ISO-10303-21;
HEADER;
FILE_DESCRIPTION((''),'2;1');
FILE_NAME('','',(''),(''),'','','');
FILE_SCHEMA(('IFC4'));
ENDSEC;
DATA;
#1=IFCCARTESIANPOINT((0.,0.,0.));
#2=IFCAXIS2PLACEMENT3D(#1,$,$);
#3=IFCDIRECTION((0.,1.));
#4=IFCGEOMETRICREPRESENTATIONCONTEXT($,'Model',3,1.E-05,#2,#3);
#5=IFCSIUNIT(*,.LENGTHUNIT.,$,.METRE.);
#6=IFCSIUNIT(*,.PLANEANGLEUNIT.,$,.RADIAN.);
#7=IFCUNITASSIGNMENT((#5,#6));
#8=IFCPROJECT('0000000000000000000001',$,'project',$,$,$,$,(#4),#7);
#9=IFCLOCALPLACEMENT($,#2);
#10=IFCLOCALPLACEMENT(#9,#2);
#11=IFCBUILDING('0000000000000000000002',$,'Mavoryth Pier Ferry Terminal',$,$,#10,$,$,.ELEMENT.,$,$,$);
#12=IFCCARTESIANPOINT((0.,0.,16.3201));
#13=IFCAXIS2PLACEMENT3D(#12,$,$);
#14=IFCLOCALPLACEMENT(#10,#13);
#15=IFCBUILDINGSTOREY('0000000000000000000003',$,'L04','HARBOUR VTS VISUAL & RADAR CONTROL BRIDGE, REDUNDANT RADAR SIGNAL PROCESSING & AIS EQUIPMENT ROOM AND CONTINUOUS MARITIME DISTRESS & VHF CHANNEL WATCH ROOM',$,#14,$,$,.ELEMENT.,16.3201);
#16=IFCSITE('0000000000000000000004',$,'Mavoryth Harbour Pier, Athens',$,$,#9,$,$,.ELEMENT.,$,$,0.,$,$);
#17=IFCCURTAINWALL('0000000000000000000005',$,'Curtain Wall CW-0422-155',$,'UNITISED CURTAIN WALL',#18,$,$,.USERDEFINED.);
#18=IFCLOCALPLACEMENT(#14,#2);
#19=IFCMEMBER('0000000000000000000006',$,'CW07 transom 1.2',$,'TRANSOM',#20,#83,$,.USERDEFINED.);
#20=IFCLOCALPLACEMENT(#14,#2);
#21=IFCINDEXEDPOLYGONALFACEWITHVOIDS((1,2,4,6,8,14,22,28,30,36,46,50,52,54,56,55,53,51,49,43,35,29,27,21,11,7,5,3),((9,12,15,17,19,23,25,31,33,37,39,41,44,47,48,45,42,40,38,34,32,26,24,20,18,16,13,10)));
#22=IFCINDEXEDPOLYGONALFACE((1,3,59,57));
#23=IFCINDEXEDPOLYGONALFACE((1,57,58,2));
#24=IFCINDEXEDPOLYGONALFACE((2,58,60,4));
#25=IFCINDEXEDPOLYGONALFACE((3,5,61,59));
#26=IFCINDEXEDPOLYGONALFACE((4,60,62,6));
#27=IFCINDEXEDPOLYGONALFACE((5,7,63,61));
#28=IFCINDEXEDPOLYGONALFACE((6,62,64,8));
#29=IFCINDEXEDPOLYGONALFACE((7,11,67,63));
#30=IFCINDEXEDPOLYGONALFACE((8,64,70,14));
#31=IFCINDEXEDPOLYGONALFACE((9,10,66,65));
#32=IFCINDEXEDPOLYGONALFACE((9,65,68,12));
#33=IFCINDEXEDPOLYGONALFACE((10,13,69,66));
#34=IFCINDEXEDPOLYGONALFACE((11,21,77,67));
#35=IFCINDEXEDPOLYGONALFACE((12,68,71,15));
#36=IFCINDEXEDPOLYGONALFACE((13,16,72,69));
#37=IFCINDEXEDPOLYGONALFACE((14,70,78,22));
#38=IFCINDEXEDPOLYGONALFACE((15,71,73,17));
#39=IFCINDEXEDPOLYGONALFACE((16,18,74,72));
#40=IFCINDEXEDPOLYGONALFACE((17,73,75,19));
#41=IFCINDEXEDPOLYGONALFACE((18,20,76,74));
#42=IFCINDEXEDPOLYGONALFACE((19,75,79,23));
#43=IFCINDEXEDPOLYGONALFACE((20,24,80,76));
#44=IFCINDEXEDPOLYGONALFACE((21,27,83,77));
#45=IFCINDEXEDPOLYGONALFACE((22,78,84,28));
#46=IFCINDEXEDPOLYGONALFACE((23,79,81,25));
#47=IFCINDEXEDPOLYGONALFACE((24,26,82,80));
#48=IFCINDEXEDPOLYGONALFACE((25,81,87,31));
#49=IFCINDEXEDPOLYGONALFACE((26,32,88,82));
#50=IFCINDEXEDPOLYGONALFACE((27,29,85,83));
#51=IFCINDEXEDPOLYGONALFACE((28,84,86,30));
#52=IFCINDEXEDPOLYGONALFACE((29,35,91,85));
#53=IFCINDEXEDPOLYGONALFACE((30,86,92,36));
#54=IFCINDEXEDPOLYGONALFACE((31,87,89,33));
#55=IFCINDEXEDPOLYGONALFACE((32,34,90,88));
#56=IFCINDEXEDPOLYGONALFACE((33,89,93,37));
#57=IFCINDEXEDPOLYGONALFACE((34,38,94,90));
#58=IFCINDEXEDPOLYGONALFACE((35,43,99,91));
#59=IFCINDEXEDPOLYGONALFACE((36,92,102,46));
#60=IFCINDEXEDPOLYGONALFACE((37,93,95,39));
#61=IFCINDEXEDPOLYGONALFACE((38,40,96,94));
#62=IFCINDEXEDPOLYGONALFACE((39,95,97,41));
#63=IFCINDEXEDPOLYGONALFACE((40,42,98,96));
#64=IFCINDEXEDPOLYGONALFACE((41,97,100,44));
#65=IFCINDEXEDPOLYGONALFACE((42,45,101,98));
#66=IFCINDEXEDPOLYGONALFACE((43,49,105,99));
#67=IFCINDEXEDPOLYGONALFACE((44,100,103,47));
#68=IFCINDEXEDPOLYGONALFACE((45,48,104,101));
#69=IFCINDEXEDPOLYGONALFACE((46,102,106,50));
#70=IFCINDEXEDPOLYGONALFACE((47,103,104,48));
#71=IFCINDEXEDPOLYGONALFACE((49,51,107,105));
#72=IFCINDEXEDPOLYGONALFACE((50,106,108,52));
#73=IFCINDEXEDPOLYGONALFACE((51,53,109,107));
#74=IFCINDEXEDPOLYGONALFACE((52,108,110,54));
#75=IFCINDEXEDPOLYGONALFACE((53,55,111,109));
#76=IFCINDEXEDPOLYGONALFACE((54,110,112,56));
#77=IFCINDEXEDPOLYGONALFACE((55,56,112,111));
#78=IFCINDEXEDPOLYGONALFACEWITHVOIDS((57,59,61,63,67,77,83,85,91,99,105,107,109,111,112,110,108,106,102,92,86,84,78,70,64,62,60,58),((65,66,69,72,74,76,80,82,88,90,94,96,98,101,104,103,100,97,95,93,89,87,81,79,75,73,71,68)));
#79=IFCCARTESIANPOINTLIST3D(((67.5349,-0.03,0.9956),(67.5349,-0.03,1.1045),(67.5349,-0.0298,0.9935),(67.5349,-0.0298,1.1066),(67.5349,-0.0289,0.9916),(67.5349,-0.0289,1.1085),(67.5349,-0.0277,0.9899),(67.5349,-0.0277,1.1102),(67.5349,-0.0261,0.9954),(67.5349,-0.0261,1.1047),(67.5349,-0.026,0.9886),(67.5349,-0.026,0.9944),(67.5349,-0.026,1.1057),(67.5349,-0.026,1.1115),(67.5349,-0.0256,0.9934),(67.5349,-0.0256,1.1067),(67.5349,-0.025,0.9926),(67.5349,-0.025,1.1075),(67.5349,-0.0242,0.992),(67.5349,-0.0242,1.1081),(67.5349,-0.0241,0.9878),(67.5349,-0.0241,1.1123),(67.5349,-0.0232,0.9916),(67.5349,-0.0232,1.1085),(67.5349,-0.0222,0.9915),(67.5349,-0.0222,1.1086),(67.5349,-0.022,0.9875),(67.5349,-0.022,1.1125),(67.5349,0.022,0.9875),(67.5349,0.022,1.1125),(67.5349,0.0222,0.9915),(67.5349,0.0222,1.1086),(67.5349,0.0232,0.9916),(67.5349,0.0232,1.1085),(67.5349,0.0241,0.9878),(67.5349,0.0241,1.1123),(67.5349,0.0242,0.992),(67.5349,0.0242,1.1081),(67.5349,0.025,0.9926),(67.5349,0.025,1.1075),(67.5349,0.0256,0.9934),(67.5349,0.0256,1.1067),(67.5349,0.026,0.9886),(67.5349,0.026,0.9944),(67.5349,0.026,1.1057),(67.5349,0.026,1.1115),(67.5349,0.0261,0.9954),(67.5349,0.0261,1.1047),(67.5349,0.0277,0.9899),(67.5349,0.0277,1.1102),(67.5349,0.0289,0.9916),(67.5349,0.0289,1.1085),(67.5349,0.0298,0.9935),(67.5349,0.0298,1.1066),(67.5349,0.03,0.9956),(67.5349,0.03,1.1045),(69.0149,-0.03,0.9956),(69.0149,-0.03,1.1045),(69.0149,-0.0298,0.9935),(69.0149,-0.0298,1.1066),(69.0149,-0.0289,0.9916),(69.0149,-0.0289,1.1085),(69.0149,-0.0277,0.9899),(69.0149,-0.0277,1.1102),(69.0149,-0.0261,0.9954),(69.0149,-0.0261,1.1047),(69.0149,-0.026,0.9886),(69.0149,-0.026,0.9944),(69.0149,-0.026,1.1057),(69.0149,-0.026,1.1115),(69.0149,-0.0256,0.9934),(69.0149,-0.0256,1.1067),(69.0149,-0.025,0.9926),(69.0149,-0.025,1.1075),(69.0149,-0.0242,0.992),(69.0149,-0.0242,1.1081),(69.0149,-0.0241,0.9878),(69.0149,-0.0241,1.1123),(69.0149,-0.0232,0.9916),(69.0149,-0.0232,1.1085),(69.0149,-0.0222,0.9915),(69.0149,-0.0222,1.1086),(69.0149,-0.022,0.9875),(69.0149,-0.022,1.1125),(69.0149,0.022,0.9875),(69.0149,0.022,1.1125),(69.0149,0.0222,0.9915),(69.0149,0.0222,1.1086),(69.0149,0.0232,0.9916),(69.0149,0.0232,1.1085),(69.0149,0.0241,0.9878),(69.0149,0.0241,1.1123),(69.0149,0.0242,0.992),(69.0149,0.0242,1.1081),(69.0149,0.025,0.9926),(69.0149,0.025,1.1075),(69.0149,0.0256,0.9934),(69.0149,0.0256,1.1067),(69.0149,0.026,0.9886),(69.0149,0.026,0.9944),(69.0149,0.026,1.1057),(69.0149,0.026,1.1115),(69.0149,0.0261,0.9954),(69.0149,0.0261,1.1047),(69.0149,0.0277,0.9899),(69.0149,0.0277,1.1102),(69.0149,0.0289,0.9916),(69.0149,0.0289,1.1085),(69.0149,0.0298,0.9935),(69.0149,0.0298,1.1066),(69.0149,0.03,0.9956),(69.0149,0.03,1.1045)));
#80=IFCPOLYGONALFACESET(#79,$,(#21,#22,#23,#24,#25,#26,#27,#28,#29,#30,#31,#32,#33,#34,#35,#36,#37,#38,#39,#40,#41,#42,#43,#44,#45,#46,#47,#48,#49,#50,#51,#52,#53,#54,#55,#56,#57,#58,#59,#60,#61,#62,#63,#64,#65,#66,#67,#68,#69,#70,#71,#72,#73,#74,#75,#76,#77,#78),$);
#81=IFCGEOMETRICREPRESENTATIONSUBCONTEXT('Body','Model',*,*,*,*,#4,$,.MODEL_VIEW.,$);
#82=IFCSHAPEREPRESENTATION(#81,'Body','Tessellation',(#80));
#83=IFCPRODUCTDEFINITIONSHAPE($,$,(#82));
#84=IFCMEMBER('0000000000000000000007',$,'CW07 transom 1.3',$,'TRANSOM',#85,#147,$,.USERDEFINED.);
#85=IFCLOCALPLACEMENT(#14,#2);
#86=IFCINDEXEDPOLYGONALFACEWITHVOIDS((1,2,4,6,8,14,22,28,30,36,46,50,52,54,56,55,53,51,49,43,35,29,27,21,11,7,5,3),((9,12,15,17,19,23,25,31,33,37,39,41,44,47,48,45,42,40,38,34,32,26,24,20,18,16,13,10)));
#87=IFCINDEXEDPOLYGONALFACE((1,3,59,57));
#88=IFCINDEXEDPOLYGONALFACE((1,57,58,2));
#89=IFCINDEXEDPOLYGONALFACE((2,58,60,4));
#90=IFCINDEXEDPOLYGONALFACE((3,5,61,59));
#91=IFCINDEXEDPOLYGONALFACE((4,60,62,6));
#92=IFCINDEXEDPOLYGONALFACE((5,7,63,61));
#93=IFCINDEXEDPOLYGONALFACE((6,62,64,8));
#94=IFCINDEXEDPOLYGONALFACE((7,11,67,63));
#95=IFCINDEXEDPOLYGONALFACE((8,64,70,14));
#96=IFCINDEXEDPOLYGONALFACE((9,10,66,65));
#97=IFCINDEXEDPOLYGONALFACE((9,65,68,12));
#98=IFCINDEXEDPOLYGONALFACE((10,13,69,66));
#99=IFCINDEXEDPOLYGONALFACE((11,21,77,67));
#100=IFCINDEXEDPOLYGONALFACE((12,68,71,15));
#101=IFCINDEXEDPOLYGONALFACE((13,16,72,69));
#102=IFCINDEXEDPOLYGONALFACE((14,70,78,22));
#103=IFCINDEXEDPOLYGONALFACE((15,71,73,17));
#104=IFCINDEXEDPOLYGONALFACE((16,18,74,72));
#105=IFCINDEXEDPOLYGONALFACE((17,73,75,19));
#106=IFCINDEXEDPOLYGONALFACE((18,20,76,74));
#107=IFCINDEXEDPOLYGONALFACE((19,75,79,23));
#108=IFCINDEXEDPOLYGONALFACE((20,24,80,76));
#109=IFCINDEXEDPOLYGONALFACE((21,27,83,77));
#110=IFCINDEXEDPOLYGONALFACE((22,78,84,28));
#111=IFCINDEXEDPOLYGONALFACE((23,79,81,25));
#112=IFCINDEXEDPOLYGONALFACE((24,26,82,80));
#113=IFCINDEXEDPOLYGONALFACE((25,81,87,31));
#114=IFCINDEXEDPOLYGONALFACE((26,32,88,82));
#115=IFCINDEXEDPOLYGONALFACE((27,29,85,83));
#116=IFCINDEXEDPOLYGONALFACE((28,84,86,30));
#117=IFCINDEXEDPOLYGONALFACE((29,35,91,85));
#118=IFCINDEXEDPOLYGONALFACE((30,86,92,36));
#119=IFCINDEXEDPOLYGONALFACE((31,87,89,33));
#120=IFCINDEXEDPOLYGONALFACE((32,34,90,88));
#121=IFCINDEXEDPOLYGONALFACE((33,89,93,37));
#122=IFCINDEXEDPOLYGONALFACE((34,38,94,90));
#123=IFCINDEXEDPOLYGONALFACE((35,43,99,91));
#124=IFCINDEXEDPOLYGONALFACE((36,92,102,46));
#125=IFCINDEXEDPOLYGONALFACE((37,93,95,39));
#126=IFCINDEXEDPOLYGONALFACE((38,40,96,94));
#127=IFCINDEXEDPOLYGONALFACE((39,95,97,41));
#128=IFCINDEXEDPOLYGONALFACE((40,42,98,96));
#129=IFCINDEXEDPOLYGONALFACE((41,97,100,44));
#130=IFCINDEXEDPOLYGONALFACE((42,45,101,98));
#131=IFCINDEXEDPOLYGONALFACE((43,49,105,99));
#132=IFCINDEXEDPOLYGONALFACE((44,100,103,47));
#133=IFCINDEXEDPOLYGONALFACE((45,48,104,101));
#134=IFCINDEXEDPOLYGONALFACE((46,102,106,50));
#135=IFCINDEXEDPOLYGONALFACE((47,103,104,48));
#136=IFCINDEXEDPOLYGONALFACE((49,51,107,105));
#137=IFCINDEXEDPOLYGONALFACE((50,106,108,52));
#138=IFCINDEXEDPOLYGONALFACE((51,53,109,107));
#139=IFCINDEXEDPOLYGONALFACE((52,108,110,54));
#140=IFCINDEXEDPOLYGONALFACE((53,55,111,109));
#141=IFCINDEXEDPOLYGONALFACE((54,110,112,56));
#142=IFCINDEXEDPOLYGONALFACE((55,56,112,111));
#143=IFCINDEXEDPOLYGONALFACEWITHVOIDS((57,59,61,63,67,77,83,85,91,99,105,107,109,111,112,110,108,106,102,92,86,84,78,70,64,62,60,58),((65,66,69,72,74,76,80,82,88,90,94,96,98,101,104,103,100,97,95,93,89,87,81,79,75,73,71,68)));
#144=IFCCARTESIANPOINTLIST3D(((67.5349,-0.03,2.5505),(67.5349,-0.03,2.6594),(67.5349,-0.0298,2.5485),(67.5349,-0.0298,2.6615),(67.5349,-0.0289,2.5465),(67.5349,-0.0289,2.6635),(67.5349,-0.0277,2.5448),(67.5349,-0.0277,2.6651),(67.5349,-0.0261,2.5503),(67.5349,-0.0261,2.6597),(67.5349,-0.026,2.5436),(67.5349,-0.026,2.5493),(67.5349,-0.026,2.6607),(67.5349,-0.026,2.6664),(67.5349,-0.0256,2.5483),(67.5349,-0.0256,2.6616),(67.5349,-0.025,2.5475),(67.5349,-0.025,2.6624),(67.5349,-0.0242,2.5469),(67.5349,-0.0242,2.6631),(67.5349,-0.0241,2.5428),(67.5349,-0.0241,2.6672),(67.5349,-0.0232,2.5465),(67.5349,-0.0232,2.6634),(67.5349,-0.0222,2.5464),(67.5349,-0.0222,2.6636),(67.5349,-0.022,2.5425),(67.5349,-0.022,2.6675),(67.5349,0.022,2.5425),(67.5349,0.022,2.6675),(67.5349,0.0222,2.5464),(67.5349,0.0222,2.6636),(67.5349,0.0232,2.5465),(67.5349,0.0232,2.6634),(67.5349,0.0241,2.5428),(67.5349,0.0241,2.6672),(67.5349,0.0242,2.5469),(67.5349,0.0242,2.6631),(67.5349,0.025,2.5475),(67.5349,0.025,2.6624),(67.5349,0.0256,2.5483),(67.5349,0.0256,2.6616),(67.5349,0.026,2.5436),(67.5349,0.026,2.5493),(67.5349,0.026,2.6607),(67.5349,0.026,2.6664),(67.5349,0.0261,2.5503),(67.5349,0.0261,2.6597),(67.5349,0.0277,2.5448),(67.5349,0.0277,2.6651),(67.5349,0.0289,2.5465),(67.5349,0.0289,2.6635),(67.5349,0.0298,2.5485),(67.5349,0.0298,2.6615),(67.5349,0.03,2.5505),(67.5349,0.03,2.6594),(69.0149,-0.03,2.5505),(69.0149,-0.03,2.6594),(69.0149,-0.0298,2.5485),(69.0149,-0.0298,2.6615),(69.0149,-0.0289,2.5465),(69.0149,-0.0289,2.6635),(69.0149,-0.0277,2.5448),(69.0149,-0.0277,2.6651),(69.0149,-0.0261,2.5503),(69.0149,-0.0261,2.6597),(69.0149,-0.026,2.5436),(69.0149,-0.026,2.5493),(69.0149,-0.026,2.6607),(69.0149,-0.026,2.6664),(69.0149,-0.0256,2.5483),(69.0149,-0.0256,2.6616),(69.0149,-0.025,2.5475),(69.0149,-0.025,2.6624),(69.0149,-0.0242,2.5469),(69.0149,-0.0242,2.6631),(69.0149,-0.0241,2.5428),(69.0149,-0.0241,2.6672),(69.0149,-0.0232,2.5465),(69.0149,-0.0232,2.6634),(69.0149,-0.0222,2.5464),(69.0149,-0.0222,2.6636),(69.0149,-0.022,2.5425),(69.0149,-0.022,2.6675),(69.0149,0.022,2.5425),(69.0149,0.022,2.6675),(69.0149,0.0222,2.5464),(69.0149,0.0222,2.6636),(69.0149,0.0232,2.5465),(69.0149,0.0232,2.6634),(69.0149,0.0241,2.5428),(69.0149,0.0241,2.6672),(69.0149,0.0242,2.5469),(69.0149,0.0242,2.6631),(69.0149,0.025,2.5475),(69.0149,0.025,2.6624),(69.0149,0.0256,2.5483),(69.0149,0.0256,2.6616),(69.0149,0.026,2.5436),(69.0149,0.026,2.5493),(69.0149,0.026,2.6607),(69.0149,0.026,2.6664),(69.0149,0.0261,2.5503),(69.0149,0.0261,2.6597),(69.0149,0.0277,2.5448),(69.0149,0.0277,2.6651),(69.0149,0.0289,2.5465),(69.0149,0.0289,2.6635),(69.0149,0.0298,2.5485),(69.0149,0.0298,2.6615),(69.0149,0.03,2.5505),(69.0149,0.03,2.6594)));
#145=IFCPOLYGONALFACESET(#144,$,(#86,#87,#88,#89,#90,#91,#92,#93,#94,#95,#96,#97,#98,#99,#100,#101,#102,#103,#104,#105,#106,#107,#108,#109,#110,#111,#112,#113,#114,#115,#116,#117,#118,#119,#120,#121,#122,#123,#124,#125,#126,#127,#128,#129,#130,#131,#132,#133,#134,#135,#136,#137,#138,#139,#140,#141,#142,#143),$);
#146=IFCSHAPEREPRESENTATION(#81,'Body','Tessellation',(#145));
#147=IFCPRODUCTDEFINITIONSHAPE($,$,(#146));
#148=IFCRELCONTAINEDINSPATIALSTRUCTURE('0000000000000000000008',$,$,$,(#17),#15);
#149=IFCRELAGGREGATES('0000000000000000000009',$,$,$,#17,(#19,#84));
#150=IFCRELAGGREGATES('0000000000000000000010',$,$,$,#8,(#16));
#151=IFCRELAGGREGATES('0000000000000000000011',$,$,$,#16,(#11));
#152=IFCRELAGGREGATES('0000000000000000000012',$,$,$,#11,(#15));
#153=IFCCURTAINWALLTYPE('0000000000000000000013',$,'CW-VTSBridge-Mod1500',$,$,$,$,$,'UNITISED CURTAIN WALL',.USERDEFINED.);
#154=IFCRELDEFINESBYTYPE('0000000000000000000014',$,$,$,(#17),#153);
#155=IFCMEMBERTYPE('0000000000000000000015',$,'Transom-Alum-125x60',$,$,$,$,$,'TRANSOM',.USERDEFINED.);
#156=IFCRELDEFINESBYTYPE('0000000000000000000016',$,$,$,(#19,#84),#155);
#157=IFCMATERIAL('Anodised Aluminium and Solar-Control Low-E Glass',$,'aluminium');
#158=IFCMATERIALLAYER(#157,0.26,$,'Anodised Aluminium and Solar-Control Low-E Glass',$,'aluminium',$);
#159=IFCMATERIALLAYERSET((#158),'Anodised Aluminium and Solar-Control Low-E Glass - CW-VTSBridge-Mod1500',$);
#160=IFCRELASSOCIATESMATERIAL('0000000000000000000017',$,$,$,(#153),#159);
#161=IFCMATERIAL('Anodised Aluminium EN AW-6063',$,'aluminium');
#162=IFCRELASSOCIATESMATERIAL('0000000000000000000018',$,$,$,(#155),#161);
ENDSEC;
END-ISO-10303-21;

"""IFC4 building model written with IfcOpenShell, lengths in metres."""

from ifc_helpers import new_model, si_unit, direction, frame, origin, origin_2d, place, context, subcontext, project, spatial, hollow_rectangle, extrude, material, layer, layer_set, material_profile, profile_set, type_object, element, aggregate, save


model = new_model("IFC4")

# Units and contexts
model_context = context("Model", 3, precision=1e-05, world=origin(), true_north=direction((0.0, 1.0)))
body_context = subcontext(model_context, "Body", "Model", "MODEL_VIEW")
ifc_project = project(units=[si_unit("LENGTHUNIT", "METRE"), si_unit("PLANEANGLEUNIT", "RADIAN")], contexts=[model_context])

# Site, building, storey
site_placement = place(None, origin())
site = spatial("IfcSite", under=ifc_project, at=site_placement, Name="Mavoryth Harbour Pier, Athens", CompositionType="ELEMENT", RefElevation=0.0)
building_placement = place(site_placement, origin())
building = spatial("IfcBuilding", under=site, at=building_placement, Name="Mavoryth Pier Ferry Terminal", CompositionType="ELEMENT")
storey_placement = place(building_placement, frame((0.0, 0.0, 16.3201)))
storey = spatial("IfcBuildingStorey", under=building, at=storey_placement, Name="L04", Description="HARBOUR VTS VISUAL & RADAR CONTROL BRIDGE, REDUNDANT RADAR SIGNAL PROCESSING & AIS EQUIPMENT ROOM AND CONTINUOUS MARITIME DISTRESS & VHF CHANNEL WATCH ROOM", CompositionType="ELEMENT", Elevation=16.3201)

# Curtain wall
ifc_material_1 = material(Name="Anodised Aluminium and Solar-Control Low-E Glass", Category="aluminium")
ifc_layer_1 = layer(ifc_material_1, 0.26, Name="Anodised Aluminium and Solar-Control Low-E Glass", Category="aluminium")
ifc_layer_set_1 = layer_set([ifc_layer_1], Name="Anodised Aluminium and Solar-Control Low-E Glass - CW-VTSBridge-Mod1500")
curtain_wall_type = type_object("IfcCurtainWallType", Name="CW-VTSBridge-Mod1500", ElementType="UNITISED CURTAIN WALL", PredefinedType="USERDEFINED", material=ifc_layer_set_1)
ifc_material_2 = material(Name="Anodised Aluminium EN AW-6063", Category="aluminium")
curtain_wall_1_placement = place(storey_placement, origin())
curtain_wall_1 = element("IfcCurtainWall", 1, at=curtain_wall_1_placement, inside=storey, type_object=curtain_wall_type, Name="Curtain Wall CW-0422-155", ObjectType="UNITISED CURTAIN WALL", PredefinedType="USERDEFINED")

# Members
ifc_material_profile_1 = material_profile(ifc_material_2, hollow_rectangle(XDim=0.0601, YDim=0.125, WallThickness=0.0039, InnerFilletRadius=0.0039, OuterFilletRadius=0.0081, at=origin_2d()), Name="AL-TRAN 125x60x4", Category="aluminium")
ifc_profile_set_1 = profile_set([ifc_material_profile_1], Name="Anodised Aluminium EN AW-6063 - AL-TRAN 125x60x4")
member_type_1 = type_object("IfcMemberType", Name="Transom-Alum-125x60", ElementType="TRANSOM", PredefinedType="USERDEFINED", material=ifc_profile_set_1)
member_1_placement = place(storey_placement, frame((67.5349, 0.0, 1.05), z_axis=(1.0, 0.0, 0.0), x_axis=(0.0, 1.0, 0.0)))
member_1 = element("IfcMember", 2, at=member_1_placement, type_object=member_type_1, Name="CW07 transom 1.2", ObjectType="TRANSOM", PredefinedType="USERDEFINED", context=body_context, shape_type="SweptSolid", body=[
    extrude(hollow_rectangle(XDim=0.0601, YDim=0.125, WallThickness=0.0039, InnerFilletRadius=0.0039, OuterFilletRadius=0.0081, at=origin_2d()), origin(), (0.0, 0.0, 1.0), 1.48),
])
member_2_placement = place(storey_placement, frame((67.5349, 0.0, 2.605), z_axis=(1.0, 0.0, 0.0), x_axis=(0.0, 1.0, 0.0)))
member_2 = element("IfcMember", 3, at=member_2_placement, type_object=member_type_1, Name="CW07 transom 1.3", ObjectType="TRANSOM", PredefinedType="USERDEFINED", context=body_context, shape_type="SweptSolid", body=[
    extrude(hollow_rectangle(XDim=0.0601, YDim=0.125, WallThickness=0.0039, InnerFilletRadius=0.0039, OuterFilletRadius=0.0081, at=origin_2d()), origin(), (0.0, 0.0, 1.0), 1.48),
])

aggregate(curtain_wall_1, [member_1, member_2])

save(model, "model.ifc")
